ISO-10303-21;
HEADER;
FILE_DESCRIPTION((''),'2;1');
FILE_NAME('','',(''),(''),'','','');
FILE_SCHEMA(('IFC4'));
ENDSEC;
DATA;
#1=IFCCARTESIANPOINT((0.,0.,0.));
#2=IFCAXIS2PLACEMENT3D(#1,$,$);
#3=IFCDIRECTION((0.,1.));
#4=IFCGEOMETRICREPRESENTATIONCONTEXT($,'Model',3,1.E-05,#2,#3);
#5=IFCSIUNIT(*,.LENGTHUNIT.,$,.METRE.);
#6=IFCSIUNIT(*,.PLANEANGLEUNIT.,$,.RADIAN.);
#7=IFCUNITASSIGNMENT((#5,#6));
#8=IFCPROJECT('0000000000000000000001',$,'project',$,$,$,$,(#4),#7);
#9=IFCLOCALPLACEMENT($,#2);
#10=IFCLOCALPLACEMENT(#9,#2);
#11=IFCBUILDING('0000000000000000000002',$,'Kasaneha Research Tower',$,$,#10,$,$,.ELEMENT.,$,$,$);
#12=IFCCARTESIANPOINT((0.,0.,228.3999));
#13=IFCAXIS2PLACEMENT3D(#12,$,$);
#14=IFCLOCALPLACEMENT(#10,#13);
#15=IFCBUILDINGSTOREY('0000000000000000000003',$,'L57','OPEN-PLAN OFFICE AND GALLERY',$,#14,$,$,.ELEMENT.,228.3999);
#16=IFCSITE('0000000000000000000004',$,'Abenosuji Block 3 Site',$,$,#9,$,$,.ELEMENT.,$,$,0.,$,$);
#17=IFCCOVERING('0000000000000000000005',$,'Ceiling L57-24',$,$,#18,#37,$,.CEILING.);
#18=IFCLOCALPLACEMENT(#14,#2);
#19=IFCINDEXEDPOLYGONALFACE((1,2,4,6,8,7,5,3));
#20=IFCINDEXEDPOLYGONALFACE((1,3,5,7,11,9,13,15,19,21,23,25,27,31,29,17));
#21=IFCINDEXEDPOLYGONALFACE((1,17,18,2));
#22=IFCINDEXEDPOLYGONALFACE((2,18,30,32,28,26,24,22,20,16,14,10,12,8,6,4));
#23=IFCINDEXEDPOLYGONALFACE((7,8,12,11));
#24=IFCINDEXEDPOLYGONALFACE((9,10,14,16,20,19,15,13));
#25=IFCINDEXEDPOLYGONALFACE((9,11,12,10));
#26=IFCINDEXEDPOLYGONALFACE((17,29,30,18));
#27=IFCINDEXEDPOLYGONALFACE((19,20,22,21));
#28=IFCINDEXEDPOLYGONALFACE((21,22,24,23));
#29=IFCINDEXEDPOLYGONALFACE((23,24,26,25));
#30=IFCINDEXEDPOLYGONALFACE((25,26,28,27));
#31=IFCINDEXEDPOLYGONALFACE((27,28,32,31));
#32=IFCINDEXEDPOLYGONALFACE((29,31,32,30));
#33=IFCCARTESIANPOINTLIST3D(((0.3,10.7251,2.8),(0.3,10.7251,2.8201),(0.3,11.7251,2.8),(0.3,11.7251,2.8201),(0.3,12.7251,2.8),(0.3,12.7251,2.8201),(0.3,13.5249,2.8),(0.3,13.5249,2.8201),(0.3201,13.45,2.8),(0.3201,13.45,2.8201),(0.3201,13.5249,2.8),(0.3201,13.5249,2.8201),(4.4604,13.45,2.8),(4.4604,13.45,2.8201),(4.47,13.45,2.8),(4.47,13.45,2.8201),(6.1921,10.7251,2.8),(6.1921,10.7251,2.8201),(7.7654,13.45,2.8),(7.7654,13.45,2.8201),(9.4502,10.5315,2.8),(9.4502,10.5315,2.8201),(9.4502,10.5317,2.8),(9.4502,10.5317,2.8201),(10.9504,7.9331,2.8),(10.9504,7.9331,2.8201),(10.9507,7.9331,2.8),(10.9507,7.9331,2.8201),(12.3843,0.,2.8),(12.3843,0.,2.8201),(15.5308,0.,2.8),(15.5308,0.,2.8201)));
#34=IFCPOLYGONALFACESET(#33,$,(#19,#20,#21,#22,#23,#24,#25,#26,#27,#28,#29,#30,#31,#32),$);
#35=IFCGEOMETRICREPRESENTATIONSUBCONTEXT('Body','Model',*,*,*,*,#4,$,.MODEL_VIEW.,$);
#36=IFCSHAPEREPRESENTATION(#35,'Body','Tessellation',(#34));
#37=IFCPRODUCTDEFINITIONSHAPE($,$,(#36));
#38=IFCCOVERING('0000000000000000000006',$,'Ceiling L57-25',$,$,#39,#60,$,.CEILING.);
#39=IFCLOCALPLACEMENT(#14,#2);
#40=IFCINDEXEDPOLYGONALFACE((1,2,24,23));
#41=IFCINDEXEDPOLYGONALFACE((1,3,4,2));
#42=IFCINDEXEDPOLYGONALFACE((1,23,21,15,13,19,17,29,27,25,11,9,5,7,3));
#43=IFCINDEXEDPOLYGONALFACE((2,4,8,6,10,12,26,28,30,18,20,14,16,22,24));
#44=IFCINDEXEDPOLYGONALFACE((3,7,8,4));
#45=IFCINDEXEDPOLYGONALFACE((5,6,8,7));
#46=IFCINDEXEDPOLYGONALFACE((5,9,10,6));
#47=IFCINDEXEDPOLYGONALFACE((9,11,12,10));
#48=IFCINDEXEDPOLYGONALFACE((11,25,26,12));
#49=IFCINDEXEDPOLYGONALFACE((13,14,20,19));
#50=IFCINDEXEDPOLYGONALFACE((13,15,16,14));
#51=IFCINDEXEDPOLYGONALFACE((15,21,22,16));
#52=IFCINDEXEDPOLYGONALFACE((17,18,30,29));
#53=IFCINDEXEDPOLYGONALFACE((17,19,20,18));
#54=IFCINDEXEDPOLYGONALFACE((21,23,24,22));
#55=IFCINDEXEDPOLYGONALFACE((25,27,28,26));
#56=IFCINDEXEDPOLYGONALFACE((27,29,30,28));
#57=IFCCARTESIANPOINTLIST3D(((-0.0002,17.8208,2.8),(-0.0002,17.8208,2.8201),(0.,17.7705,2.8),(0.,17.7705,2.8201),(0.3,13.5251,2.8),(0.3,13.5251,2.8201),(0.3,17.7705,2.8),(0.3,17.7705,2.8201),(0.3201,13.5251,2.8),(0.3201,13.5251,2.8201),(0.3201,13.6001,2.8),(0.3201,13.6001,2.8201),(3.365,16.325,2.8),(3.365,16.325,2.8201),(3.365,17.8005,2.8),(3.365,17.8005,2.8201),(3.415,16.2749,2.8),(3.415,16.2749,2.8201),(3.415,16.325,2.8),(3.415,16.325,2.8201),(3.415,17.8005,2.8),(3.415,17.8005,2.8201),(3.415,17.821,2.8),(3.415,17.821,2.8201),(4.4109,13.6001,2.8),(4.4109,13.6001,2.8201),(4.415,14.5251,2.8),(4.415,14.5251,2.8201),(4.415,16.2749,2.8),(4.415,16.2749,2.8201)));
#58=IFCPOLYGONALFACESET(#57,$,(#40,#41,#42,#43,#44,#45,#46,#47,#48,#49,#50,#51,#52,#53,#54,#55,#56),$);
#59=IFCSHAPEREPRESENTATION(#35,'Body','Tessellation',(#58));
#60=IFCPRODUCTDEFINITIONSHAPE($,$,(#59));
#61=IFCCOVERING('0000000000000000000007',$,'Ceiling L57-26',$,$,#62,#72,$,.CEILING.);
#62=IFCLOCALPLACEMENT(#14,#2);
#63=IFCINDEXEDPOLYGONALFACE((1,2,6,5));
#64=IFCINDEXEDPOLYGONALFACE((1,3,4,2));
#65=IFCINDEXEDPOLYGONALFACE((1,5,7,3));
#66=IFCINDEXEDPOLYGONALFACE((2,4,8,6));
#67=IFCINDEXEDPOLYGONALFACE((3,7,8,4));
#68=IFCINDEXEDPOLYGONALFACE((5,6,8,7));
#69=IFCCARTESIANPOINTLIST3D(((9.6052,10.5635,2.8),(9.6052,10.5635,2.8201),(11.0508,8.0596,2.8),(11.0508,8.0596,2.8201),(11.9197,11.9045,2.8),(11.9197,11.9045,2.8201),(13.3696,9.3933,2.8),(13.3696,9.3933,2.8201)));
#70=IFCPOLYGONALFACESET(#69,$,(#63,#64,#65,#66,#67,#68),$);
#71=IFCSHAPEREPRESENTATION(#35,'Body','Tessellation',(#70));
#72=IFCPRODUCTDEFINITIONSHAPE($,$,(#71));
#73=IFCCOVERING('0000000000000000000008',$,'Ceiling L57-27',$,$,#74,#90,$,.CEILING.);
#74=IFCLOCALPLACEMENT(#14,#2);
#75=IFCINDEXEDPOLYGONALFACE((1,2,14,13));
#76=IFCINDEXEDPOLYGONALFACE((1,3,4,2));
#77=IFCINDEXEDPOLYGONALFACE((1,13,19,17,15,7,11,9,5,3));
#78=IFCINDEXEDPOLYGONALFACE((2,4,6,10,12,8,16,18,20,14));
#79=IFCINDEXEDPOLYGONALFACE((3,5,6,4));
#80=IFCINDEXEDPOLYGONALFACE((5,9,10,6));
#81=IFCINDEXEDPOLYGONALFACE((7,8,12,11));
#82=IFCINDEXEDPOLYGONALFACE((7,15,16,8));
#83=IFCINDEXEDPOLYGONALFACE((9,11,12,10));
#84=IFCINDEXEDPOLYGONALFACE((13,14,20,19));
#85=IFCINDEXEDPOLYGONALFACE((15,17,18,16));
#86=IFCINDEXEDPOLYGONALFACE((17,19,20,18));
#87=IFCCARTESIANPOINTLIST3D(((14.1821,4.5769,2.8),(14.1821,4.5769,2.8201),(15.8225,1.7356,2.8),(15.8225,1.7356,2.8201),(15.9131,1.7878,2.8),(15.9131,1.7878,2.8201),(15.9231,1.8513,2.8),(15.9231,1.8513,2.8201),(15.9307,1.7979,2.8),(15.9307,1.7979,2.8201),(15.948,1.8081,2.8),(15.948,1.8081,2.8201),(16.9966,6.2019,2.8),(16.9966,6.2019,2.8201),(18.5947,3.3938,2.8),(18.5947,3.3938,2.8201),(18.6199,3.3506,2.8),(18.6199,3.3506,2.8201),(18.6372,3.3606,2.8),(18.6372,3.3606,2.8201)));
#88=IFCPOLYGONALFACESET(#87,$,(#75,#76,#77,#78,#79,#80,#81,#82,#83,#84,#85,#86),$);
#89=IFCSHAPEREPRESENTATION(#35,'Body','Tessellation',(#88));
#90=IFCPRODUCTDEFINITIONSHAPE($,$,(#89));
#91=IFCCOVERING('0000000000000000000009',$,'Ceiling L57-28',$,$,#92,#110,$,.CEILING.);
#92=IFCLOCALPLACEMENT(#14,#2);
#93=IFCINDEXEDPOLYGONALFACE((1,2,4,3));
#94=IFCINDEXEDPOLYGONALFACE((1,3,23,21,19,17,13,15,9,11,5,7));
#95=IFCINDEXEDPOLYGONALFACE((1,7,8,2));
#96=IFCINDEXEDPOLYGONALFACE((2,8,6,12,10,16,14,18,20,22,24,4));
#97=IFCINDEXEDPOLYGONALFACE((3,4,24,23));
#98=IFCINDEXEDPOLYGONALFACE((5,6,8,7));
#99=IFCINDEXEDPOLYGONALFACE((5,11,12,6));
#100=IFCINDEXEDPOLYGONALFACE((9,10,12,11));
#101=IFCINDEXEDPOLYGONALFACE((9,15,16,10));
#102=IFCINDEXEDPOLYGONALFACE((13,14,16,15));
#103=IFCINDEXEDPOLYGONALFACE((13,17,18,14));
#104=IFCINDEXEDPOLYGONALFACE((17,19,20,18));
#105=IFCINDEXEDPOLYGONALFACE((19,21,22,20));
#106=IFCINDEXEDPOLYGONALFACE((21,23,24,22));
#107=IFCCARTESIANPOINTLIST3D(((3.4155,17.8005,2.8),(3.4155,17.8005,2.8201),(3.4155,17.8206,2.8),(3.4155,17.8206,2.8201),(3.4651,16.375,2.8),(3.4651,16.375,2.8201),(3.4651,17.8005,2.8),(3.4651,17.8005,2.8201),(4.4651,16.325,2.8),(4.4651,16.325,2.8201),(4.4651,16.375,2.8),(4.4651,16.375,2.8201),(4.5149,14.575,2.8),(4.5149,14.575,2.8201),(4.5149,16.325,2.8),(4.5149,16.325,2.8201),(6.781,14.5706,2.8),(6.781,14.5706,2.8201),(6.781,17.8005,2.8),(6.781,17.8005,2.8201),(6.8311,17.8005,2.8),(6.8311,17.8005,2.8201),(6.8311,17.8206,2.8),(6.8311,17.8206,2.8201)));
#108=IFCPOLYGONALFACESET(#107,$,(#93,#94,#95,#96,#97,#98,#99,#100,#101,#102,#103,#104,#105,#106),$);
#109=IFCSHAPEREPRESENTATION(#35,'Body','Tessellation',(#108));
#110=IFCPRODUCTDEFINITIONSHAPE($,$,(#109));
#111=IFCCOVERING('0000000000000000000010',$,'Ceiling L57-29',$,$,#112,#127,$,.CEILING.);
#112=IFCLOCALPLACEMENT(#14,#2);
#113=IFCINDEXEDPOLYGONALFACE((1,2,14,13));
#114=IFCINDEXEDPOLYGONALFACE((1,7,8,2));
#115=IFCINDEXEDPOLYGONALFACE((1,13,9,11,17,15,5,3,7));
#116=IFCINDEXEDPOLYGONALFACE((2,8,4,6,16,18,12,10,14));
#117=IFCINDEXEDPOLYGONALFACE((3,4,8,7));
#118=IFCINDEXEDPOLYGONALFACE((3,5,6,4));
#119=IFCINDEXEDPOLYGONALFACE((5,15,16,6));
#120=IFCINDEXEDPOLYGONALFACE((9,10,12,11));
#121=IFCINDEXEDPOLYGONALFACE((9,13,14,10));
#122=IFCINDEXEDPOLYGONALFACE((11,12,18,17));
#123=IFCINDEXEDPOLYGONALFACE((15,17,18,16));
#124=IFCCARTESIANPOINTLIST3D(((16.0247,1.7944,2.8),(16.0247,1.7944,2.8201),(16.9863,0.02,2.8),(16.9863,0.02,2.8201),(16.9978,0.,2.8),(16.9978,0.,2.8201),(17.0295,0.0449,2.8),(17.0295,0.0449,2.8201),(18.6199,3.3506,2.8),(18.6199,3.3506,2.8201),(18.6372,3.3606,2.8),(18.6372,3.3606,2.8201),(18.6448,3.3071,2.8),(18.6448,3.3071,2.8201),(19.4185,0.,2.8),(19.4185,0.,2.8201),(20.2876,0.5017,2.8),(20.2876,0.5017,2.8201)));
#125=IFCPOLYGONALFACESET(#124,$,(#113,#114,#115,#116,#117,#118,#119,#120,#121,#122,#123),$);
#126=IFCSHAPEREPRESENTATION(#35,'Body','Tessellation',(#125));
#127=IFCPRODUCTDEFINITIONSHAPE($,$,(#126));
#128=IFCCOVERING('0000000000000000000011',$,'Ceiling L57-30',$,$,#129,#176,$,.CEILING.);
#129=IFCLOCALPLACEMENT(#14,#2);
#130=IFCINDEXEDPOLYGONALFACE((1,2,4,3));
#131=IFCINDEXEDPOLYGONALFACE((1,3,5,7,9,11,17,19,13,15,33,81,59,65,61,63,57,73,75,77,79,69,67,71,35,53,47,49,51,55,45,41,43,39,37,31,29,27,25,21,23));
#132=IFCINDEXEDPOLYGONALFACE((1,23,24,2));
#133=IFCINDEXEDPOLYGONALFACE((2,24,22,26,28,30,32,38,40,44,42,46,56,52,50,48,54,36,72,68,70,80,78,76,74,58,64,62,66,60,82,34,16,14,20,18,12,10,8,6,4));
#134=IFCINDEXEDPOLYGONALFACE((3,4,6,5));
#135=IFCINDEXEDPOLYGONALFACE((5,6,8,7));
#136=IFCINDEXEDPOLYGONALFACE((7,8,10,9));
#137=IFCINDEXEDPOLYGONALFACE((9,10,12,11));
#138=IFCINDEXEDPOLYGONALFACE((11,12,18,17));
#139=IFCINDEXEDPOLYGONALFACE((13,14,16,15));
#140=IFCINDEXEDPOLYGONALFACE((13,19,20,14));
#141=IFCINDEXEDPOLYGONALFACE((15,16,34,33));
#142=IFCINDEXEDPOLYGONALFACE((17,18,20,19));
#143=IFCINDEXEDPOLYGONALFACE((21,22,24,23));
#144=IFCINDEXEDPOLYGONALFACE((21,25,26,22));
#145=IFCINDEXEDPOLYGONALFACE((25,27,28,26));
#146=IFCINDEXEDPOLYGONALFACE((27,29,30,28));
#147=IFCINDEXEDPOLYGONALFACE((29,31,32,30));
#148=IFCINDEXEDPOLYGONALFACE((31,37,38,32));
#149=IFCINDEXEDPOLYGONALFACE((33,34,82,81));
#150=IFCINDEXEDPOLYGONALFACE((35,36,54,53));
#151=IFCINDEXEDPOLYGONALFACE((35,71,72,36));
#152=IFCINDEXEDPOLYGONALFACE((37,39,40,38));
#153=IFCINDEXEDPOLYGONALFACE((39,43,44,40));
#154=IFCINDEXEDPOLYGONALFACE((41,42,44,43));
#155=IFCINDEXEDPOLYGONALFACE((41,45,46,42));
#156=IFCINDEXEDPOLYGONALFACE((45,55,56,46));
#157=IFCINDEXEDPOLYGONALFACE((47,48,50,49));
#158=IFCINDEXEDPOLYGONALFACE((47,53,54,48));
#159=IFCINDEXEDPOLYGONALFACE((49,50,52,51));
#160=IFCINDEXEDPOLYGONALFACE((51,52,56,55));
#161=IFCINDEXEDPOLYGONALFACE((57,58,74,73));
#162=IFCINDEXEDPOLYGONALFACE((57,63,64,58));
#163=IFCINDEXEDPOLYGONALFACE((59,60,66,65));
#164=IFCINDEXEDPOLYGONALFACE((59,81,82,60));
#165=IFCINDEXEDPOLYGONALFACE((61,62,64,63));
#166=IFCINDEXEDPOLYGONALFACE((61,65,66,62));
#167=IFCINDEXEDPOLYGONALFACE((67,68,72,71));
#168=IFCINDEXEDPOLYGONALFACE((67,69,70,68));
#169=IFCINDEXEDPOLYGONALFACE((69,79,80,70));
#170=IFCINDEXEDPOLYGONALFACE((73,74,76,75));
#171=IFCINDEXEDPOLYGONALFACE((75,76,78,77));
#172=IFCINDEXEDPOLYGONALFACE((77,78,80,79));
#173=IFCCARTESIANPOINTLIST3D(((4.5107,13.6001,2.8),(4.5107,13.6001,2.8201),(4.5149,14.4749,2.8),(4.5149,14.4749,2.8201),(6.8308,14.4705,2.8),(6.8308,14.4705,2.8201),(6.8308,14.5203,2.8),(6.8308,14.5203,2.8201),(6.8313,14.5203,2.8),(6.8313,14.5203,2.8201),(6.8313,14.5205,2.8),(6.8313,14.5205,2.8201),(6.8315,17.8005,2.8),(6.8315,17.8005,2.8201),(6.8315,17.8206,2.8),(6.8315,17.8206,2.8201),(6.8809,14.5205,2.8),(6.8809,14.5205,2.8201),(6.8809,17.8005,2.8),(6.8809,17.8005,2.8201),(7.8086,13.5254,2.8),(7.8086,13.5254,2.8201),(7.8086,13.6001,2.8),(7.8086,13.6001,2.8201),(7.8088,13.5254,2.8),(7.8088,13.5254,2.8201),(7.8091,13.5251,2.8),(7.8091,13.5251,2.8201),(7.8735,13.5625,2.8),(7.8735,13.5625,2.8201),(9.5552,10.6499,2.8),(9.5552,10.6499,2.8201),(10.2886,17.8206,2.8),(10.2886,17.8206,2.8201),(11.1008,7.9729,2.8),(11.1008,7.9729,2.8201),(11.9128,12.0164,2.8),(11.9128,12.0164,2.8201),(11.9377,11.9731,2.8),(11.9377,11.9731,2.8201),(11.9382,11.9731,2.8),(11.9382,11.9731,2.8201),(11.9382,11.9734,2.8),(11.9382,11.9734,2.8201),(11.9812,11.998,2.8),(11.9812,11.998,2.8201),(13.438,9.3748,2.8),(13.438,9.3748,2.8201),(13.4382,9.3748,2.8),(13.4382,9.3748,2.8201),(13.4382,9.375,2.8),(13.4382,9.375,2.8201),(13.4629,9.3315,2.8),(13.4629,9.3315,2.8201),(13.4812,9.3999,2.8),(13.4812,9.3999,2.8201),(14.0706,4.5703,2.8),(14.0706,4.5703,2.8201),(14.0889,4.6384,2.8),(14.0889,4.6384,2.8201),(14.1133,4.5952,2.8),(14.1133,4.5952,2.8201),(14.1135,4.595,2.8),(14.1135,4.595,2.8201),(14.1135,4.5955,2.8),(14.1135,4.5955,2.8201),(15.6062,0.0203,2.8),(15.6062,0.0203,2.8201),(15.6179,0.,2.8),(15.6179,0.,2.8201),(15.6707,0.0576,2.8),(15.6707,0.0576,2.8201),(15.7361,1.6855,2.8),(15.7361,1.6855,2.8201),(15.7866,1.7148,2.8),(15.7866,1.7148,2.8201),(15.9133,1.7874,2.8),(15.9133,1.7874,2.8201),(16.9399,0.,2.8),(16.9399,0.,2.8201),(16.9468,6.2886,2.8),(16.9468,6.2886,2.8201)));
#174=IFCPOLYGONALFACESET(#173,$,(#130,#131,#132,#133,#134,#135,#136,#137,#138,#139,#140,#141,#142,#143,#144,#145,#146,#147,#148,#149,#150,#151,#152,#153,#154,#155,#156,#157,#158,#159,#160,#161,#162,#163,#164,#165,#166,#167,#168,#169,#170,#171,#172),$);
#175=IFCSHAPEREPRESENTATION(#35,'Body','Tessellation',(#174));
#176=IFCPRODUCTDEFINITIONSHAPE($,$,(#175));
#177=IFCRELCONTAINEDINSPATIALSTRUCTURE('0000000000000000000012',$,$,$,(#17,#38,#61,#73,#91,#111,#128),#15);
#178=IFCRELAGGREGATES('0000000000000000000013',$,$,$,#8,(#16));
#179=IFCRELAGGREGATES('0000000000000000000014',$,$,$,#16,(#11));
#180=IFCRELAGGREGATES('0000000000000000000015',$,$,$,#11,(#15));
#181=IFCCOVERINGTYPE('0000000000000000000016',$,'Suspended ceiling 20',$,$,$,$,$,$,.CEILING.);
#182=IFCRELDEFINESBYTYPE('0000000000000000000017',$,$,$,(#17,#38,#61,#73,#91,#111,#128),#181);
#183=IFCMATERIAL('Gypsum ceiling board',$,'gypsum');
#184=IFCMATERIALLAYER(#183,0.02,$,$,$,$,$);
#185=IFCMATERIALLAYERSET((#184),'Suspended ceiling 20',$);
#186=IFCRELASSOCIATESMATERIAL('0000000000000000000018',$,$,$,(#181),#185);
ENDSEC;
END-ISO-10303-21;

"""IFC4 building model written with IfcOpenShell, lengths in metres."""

from ifc_helpers import new_model, si_unit, direction, frame, origin, place, context, subcontext, project, spatial, polyline, outline, extrude, material, layer, layer_set, type_object, element, save


model = new_model("IFC4")

# Units and contexts
model_context = context("Model", 3, precision=1e-05, world=origin(), true_north=direction((0.0, 1.0)))
body_context = subcontext(model_context, "Body", "Model", "MODEL_VIEW")
ifc_project = project(units=[si_unit("LENGTHUNIT", "METRE"), si_unit("PLANEANGLEUNIT", "RADIAN")], contexts=[model_context])

# Site, building, storey
site_placement = place(None, origin())
site = spatial("IfcSite", under=ifc_project, at=site_placement, Name="Abenosuji Block 3 Site", CompositionType="ELEMENT", RefElevation=0.0)
building_placement = place(site_placement, origin())
building = spatial("IfcBuilding", under=site, at=building_placement, Name="Kasaneha Research Tower", CompositionType="ELEMENT")
storey_placement = place(building_placement, frame((0.0, 0.0, 228.3999)))
storey = spatial("IfcBuildingStorey", under=building, at=storey_placement, Name="L57", Description="OPEN-PLAN OFFICE AND GALLERY", CompositionType="ELEMENT", Elevation=228.3999)

# Coverings
ifc_material_1 = material(Name="Gypsum ceiling board", Category="gypsum")
ifc_layer_1 = layer(ifc_material_1, 0.02)
ifc_layer_set_1 = layer_set([ifc_layer_1], Name="Suspended ceiling 20")
covering_type_1 = type_object("IfcCoveringType", Name="Suspended ceiling 20", PredefinedType="CEILING", material=ifc_layer_set_1)
covering_1_placement = place(storey_placement, frame((0.0, 0.0, 2.8)))
element("IfcCovering", 1, at=covering_1_placement, inside=storey, type_object=covering_type_1, Name="Ceiling L57-24", PredefinedType="CEILING", context=body_context, shape_type="SweptSolid", body=[
    extrude(outline(polyline([(6.1921, 10.7251), (0.3, 10.7251), (0.3, 11.7251), (0.3, 12.7251), (0.3, 13.5249), (0.3201, 13.5249), (0.3201, 13.45), (4.4604, 13.45), (4.47, 13.45), (7.7654, 13.45), (9.4502, 10.5315), (9.4502, 10.5317), (10.9504, 7.9331), (10.9507, 7.9331), (15.5308, 0.0), (12.3843, 0.0), (6.1921, 10.7251)])), origin(), (0.0, 0.0, 1.0), 0.02),
])
covering_2_placement = place(storey_placement, frame((0.0, 0.0, 2.8)))
element("IfcCovering", 2, at=covering_2_placement, inside=storey, type_object=covering_type_1, Name="Ceiling L57-25", PredefinedType="CEILING", context=body_context, shape_type="SweptSolid", body=[
    extrude(outline(polyline([(0.3, 13.5251), (0.3, 17.7705), (0.0, 17.7705), (-0.0002, 17.8208), (3.415, 17.821), (3.415, 17.8005), (3.365, 17.8005), (3.365, 16.325), (3.415, 16.325), (3.415, 16.325), (3.415, 16.325), (3.415, 16.2749), (4.415, 16.2749), (4.415, 14.5251), (4.4109, 13.6001), (0.3201, 13.6001), (0.3201, 13.5251), (0.3, 13.5251)])), origin(), (0.0, 0.0, 1.0), 0.02),
])
covering_3_placement = place(storey_placement, frame((0.0, 0.0, 2.8)))
element("IfcCovering", 3, at=covering_3_placement, inside=storey, type_object=covering_type_1, Name="Ceiling L57-26", PredefinedType="CEILING", context=body_context, shape_type="SweptSolid", body=[
    extrude(outline(polyline([(9.6052, 10.5635), (11.9197, 11.9045), (13.3696, 9.3933), (11.0508, 8.0596), (9.6052, 10.5635)])), origin(), (0.0, 0.0, 1.0), 0.02),
])
covering_4_placement = place(storey_placement, frame((0.0, 0.0, 2.8)))
element("IfcCovering", 4, at=covering_4_placement, inside=storey, type_object=covering_type_1, Name="Ceiling L57-27", PredefinedType="CEILING", context=body_context, shape_type="SweptSolid", body=[
    extrude(outline(polyline([(18.6372, 3.3606), (18.6199, 3.3506), (18.5947, 3.3938), (15.9231, 1.8513), (15.948, 1.8081), (15.9307, 1.7979), (15.9131, 1.7878), (15.9131, 1.7878), (15.8225, 1.7356), (14.1821, 4.5769), (16.9966, 6.2019), (18.6372, 3.3606)])), origin(), (0.0, 0.0, 1.0), 0.02),
])
covering_5_placement = place(storey_placement, frame((0.0, 0.0, 2.8)))
element("IfcCovering", 5, at=covering_5_placement, inside=storey, type_object=covering_type_1, Name="Ceiling L57-28", PredefinedType="CEILING", context=body_context, shape_type="SweptSolid", body=[
    extrude(outline(polyline([(3.4155, 17.8206), (6.8311, 17.8206), (6.8311, 17.8005), (6.781, 17.8005), (6.781, 14.5706), (4.5149, 14.575), (4.5149, 16.325), (4.4651, 16.325), (4.4651, 16.375), (3.4651, 16.375), (3.4651, 17.8005), (3.4155, 17.8005), (3.4155, 17.8206)])), origin(), (0.0, 0.0, 1.0), 0.02),
])
covering_6_placement = place(storey_placement, frame((0.0, 0.0, 2.8)))
element("IfcCovering", 6, at=covering_6_placement, inside=storey, type_object=covering_type_1, Name="Ceiling L57-29", PredefinedType="CEILING", context=body_context, shape_type="SweptSolid", body=[
    extrude(outline(polyline([(16.9978, 0.0), (16.9863, 0.02), (17.0295, 0.0449), (16.0247, 1.7944), (18.6448, 3.3071), (18.6199, 3.3506), (18.6372, 3.3606), (20.2876, 0.5017), (19.4185, 0.0), (16.9978, 0.0)])), origin(), (0.0, 0.0, 1.0), 0.02),
])
covering_7_placement = place(storey_placement, frame((0.0, 0.0, 2.8)))
element("IfcCovering", 7, at=covering_7_placement, inside=storey, type_object=covering_type_1, Name="Ceiling L57-30", PredefinedType="CEILING", context=body_context, shape_type="SweptSolid", body=[
    extrude(outline(polyline([(13.4382, 9.3748), (13.4382, 9.375), (13.4812, 9.3999), (11.9812, 11.998), (11.9382, 11.9731), (11.9382, 11.9734), (11.9377, 11.9731), (11.9128, 12.0164), (9.5552, 10.6499), (7.8735, 13.5625), (7.8091, 13.5251), (7.8088, 13.5254), (7.8086, 13.5254), (7.8086, 13.6001), (4.5107, 13.6001), (4.5149, 14.4749), (6.8308, 14.4705), (6.8308, 14.5203), (6.8313, 14.5203), (6.8313, 14.5205), (6.8809, 14.5205), (6.8809, 17.8005), (6.8315, 17.8005), (6.8315, 17.8206), (10.2886, 17.8206), (16.9468, 6.2886), (14.0889, 4.6384), (14.1135, 4.5955), (14.1133, 4.5952), (14.1135, 4.595), (14.0706, 4.5703), (15.7361, 1.6855), (15.7866, 1.7148), (15.9133, 1.7874), (16.9399, 0.0), (15.6179, 0.0), (15.6062, 0.0203), (15.6707, 0.0576), (11.1008, 7.9729), (13.4629, 9.3315), (13.438, 9.3748), (13.4382, 9.3748)])), origin(), (0.0, 0.0, 1.0), 0.02),
])

save(model, "model.ifc")
